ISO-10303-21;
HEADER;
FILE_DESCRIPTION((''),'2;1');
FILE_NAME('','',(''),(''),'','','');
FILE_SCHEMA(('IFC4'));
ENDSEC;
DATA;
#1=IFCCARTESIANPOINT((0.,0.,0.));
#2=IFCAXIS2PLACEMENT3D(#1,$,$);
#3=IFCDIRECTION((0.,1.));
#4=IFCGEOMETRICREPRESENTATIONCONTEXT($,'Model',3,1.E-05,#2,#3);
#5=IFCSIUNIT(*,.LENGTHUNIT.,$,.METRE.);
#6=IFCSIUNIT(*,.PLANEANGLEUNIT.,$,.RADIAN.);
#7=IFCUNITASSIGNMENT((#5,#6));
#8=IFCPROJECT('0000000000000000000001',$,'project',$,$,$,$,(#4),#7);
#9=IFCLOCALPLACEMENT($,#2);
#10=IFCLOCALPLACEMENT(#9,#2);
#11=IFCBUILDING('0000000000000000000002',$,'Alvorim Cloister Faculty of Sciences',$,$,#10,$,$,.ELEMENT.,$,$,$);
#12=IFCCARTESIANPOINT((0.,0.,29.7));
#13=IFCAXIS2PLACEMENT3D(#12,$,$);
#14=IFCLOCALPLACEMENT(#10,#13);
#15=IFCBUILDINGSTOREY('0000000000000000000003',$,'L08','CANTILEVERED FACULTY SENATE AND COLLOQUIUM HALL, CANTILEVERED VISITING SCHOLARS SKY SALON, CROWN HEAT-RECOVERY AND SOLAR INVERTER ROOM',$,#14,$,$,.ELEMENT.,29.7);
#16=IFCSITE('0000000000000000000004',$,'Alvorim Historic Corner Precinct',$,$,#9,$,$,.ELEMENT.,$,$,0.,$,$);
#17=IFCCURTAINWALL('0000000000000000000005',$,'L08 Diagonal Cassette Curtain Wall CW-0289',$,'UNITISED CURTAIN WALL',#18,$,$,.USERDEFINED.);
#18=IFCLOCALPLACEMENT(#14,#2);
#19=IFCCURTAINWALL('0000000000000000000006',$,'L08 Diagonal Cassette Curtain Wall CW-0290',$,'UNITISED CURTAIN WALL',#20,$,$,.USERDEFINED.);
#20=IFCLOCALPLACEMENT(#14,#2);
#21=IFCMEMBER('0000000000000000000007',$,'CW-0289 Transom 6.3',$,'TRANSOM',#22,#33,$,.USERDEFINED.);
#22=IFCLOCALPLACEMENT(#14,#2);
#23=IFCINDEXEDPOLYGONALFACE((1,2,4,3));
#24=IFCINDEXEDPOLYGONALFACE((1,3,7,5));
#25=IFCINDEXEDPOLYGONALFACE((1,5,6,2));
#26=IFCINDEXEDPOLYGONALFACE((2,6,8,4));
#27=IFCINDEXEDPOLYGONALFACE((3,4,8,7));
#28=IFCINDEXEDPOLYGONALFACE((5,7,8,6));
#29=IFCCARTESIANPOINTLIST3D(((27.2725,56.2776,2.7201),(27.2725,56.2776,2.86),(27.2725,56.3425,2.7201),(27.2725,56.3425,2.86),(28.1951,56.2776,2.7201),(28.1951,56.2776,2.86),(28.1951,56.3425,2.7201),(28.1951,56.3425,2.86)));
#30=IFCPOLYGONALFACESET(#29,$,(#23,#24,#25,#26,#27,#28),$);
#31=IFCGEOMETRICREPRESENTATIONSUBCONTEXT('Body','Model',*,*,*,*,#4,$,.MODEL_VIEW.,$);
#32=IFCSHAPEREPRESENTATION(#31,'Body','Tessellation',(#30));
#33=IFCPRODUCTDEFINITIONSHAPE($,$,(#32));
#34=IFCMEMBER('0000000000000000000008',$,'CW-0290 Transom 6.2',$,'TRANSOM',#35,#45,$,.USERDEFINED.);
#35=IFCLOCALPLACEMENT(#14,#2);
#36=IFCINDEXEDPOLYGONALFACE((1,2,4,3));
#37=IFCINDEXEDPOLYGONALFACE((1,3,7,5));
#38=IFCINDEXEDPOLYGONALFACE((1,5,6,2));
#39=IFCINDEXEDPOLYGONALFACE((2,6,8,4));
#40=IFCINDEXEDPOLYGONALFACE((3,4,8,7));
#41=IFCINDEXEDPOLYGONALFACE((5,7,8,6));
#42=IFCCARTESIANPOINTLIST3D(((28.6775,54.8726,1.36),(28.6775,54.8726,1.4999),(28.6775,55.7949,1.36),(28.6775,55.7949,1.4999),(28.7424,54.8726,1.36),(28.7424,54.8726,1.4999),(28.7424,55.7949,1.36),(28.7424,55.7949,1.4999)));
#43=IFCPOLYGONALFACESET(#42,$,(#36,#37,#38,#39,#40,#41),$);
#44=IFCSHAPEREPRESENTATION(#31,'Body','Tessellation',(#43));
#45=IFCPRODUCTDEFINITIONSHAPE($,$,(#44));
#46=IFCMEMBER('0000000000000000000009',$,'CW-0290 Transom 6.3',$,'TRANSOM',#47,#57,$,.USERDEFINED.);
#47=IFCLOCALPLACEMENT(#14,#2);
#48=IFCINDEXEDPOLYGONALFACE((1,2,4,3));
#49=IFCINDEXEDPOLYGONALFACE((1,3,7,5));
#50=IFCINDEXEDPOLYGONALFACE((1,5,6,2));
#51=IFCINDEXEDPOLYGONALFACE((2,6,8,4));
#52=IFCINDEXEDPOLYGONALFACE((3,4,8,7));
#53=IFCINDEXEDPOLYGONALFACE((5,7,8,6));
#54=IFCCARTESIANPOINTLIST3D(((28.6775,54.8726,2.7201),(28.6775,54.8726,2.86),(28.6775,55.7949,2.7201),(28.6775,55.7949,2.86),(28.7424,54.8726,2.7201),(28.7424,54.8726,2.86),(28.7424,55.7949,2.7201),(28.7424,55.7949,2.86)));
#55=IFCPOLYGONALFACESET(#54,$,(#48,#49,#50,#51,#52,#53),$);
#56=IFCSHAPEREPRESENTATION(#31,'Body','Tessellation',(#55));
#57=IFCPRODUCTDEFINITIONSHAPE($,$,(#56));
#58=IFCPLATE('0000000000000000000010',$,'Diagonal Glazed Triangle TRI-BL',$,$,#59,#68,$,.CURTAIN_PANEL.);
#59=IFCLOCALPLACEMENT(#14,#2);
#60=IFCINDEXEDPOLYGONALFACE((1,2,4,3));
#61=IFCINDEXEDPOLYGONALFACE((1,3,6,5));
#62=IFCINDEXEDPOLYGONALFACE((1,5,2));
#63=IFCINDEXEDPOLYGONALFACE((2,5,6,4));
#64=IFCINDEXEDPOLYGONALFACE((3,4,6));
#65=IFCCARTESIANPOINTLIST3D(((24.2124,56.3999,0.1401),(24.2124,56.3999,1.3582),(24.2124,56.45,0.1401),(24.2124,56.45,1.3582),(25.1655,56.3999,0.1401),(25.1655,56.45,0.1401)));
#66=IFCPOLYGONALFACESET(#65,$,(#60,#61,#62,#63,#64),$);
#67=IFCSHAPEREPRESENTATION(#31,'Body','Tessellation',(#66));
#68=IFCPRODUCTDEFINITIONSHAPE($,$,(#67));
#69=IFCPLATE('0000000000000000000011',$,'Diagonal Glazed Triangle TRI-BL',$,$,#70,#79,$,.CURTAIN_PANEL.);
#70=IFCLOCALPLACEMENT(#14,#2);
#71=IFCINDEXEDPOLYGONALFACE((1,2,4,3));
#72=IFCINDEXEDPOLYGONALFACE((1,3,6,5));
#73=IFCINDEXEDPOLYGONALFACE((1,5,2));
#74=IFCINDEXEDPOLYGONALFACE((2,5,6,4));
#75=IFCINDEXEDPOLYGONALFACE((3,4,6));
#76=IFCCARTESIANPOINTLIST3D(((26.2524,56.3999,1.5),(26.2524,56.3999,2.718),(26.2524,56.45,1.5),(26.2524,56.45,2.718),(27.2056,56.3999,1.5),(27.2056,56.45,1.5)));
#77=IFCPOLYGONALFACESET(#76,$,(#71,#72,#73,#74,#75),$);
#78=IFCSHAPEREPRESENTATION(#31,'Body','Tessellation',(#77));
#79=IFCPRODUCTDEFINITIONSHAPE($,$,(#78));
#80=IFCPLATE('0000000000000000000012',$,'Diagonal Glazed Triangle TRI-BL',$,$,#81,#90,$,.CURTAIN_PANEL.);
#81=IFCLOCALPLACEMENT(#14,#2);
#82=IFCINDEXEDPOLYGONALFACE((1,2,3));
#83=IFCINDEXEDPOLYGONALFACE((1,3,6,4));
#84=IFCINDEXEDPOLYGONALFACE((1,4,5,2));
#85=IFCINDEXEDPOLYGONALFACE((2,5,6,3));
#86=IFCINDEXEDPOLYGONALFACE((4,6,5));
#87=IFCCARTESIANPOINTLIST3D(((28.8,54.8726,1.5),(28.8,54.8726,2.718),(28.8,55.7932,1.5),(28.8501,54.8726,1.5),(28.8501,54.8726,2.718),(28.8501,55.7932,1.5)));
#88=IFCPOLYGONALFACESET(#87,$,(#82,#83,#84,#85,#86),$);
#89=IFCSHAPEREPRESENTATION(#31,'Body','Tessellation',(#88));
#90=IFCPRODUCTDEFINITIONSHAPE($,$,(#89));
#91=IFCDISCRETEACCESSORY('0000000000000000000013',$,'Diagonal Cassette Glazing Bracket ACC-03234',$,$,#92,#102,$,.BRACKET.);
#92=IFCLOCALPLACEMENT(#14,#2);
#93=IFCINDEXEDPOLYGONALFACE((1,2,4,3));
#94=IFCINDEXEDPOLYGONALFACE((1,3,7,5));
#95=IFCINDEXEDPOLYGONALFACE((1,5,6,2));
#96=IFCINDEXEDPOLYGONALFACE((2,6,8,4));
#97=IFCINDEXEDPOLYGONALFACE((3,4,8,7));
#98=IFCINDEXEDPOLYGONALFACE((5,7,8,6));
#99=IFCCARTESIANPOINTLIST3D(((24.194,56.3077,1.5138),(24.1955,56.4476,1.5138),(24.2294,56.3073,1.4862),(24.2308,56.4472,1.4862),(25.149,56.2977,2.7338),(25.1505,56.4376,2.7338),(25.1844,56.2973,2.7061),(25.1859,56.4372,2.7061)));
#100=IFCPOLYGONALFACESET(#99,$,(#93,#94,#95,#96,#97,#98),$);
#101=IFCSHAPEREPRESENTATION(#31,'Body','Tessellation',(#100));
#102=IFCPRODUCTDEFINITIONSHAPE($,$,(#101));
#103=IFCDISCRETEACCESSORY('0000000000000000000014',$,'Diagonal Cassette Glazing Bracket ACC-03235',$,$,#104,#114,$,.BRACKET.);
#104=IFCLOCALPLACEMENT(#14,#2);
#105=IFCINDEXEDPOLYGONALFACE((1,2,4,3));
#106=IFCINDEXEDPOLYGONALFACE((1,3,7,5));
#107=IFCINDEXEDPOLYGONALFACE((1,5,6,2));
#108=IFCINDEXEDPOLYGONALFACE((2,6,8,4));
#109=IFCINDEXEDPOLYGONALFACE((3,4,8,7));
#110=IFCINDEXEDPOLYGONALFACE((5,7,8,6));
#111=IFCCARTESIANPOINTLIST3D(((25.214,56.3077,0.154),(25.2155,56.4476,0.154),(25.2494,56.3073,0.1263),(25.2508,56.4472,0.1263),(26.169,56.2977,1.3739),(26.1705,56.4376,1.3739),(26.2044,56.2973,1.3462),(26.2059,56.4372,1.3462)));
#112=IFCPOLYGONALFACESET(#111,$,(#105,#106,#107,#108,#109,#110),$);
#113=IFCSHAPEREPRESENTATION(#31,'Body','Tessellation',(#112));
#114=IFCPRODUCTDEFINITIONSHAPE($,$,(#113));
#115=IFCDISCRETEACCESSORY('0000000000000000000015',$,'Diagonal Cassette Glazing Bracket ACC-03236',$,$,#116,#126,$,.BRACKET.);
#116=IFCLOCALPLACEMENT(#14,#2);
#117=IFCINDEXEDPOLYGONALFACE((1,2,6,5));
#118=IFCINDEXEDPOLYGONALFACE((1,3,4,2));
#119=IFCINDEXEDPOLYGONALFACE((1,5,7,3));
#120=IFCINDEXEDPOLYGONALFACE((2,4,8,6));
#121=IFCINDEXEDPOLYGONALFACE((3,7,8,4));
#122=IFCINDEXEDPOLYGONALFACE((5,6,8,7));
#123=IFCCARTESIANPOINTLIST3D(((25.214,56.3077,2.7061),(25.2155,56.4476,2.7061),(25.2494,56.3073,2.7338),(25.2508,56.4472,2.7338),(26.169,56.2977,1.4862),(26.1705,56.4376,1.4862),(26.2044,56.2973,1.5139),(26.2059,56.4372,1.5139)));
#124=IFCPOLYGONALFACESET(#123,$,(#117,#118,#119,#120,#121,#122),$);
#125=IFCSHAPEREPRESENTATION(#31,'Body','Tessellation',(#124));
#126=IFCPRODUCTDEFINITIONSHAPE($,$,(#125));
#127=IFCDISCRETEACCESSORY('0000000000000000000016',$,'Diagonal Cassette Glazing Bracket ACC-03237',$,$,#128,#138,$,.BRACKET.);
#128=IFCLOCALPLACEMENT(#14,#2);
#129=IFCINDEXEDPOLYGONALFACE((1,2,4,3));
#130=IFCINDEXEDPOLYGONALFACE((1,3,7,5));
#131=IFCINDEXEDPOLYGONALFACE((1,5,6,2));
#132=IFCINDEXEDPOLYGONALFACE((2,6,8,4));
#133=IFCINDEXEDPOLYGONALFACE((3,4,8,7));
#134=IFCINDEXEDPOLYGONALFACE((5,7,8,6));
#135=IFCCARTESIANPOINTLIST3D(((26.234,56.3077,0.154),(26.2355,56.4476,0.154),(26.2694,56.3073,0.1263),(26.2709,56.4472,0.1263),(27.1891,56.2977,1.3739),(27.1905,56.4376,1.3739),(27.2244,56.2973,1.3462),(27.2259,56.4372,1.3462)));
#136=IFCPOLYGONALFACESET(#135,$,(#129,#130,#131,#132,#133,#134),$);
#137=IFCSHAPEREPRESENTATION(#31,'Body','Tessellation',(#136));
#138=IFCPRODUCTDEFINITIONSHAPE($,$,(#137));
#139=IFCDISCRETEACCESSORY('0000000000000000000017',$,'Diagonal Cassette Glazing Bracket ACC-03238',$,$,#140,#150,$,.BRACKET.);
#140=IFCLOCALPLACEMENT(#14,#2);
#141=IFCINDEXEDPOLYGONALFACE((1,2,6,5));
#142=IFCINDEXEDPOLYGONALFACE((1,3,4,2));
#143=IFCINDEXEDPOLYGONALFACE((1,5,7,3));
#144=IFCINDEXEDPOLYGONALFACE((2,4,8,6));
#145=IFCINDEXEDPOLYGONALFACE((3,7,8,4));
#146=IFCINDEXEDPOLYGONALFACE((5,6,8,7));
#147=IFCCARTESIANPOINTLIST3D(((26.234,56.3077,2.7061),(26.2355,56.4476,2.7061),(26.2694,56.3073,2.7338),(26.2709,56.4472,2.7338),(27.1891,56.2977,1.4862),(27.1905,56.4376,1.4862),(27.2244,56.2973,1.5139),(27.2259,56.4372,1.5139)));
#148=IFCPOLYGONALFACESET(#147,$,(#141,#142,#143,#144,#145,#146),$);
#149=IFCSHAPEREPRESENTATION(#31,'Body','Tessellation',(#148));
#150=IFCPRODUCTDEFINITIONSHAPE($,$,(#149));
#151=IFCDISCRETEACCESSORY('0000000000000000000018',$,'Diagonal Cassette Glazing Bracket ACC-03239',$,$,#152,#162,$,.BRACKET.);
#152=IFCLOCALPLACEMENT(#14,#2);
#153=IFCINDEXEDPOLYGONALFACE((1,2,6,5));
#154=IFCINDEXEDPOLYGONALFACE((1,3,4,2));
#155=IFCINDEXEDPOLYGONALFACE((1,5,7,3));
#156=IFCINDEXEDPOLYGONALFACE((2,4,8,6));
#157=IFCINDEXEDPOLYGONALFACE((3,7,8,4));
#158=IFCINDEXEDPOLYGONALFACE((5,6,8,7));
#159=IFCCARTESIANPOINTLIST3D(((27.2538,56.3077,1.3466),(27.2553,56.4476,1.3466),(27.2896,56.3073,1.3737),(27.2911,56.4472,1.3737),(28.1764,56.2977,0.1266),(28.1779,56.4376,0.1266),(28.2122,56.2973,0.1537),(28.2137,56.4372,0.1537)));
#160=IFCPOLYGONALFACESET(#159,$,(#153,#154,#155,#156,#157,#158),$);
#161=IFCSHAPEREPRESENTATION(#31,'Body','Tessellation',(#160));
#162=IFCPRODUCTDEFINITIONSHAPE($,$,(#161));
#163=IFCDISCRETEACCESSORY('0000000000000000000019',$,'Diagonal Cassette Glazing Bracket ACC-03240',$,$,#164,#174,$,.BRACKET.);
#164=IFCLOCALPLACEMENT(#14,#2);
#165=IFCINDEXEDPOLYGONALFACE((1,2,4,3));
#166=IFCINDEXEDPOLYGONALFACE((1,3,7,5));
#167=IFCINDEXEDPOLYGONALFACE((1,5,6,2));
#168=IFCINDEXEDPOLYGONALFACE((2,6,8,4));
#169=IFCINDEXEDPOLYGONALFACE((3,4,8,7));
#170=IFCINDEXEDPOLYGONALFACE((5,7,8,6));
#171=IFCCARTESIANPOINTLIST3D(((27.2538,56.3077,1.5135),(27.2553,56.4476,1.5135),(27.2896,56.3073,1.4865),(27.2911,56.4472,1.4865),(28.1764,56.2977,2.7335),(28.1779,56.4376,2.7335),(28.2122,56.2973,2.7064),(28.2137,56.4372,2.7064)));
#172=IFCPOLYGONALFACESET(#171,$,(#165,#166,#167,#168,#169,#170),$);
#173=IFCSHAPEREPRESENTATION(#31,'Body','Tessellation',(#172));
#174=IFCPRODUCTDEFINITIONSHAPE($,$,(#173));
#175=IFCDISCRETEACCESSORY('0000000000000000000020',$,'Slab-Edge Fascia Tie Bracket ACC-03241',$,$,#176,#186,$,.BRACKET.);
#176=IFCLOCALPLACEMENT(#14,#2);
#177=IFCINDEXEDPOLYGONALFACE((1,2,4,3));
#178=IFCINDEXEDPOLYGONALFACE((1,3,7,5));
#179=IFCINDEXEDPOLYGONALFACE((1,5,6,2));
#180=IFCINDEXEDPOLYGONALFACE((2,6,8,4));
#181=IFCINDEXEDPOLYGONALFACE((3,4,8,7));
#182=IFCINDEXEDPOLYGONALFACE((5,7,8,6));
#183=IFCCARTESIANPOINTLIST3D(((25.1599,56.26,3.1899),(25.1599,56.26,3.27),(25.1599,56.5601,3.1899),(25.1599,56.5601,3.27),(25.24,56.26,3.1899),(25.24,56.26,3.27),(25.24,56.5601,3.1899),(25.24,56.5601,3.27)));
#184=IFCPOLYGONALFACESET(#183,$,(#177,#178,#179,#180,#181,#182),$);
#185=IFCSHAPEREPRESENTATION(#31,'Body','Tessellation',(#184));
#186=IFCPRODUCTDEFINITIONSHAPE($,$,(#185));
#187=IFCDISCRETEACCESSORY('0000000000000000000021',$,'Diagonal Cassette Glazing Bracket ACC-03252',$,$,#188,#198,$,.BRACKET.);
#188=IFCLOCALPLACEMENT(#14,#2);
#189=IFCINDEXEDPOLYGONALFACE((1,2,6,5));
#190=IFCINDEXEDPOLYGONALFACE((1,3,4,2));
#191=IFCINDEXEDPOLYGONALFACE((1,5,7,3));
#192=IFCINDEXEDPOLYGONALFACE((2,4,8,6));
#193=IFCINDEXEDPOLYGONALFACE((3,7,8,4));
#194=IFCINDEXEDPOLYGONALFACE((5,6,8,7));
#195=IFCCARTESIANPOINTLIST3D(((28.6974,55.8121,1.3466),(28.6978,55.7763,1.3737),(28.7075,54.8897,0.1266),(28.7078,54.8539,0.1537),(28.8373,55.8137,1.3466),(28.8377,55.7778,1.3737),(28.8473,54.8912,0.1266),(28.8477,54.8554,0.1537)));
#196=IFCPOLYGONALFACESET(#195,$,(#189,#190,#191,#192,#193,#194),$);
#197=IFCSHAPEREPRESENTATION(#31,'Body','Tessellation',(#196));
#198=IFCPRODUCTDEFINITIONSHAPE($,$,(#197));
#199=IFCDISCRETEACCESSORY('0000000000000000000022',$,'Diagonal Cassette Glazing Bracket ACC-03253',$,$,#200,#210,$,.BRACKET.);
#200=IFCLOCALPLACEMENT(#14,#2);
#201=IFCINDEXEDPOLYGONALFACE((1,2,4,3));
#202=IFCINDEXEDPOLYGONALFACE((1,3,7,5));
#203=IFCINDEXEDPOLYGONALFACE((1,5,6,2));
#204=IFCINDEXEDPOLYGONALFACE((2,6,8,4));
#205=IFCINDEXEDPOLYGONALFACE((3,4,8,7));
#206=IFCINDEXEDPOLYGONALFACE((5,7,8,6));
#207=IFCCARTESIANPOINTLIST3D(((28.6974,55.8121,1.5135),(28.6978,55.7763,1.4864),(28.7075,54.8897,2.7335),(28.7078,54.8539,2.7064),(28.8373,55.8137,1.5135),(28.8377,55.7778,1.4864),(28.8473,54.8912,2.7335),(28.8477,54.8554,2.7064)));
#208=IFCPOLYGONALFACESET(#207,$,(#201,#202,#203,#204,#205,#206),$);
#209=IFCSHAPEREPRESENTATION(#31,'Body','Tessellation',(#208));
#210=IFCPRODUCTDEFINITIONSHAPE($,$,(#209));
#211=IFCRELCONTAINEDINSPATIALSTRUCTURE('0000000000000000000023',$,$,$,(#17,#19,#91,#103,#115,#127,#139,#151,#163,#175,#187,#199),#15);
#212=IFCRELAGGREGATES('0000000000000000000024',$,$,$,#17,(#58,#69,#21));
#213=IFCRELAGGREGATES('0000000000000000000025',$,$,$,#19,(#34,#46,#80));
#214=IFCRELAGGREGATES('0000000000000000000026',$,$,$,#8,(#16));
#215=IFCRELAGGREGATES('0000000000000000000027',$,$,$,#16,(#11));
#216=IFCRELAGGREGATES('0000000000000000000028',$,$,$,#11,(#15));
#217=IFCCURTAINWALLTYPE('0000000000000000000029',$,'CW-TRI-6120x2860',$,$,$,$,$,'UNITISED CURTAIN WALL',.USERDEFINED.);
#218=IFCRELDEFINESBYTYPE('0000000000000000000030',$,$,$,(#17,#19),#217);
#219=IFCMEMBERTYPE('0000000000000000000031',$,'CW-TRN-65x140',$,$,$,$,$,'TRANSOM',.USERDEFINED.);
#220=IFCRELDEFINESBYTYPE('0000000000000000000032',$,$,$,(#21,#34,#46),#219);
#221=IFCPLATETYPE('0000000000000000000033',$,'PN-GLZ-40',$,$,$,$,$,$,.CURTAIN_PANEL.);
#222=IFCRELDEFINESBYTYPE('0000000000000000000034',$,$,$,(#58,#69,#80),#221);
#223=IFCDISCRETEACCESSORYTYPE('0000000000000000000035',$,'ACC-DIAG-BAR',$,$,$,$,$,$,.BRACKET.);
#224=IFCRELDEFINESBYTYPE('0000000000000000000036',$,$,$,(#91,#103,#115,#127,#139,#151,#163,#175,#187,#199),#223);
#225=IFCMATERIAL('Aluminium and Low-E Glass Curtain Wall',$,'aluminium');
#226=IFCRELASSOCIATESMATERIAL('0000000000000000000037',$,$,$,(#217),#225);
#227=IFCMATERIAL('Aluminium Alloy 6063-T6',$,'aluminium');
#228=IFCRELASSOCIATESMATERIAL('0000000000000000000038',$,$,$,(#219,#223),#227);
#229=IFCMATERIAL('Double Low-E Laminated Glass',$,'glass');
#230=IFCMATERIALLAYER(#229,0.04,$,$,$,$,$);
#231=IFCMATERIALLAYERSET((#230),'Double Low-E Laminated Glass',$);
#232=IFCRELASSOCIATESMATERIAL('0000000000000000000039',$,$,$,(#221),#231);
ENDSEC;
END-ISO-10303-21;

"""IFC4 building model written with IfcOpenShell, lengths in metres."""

from ifc_helpers import new_model, si_unit, direction, frame, origin, origin_2d, place, context, subcontext, project, spatial, polyline, rectangle, outline, extrude, material, layer, layer_set, material_profile, profile_set, type_object, element, aggregate, save


model = new_model("IFC4")

# Units and contexts
model_context = context("Model", 3, precision=1e-05, world=origin(), true_north=direction((0.0, 1.0)))
body_context = subcontext(model_context, "Body", "Model", "MODEL_VIEW")
ifc_project = project(units=[si_unit("LENGTHUNIT", "METRE"), si_unit("PLANEANGLEUNIT", "RADIAN")], contexts=[model_context])

# Site, building, storey
site_placement = place(None, origin())
site = spatial("IfcSite", under=ifc_project, at=site_placement, Name="Alvorim Historic Corner Precinct", CompositionType="ELEMENT", RefElevation=0.0)
building_placement = place(site_placement, origin())
building = spatial("IfcBuilding", under=site, at=building_placement, Name="Alvorim Cloister Faculty of Sciences", CompositionType="ELEMENT")
storey_placement = place(building_placement, frame((0.0, 0.0, 29.7)))
storey = spatial("IfcBuildingStorey", under=building, at=storey_placement, Name="L08", Description="CANTILEVERED FACULTY SENATE AND COLLOQUIUM HALL, CANTILEVERED VISITING SCHOLARS SKY SALON, CROWN HEAT-RECOVERY AND SOLAR INVERTER ROOM", CompositionType="ELEMENT", Elevation=29.7)

# Curtain wall
ifc_material_1 = material(Name="Aluminium and Low-E Glass Curtain Wall", Category="aluminium")
curtain_wall_type = type_object("IfcCurtainWallType", Name="CW-TRI-6120x2860", ElementType="UNITISED CURTAIN WALL", PredefinedType="USERDEFINED", material=ifc_material_1)
curtain_wall_1_placement = place(storey_placement, origin())
curtain_wall_1 = element("IfcCurtainWall", 1, at=curtain_wall_1_placement, inside=storey, type_object=curtain_wall_type, Name="L08 Diagonal Cassette Curtain Wall CW-0289", ObjectType="UNITISED CURTAIN WALL", PredefinedType="USERDEFINED")
ifc_material_2 = material(Name="Aluminium Alloy 6063-T6", Category="aluminium")

# Curtain wall
curtain_wall_2_placement = place(storey_placement, origin())
curtain_wall_2 = element("IfcCurtainWall", 2, at=curtain_wall_2_placement, inside=storey, type_object=curtain_wall_type, Name="L08 Diagonal Cassette Curtain Wall CW-0290", ObjectType="UNITISED CURTAIN WALL", PredefinedType="USERDEFINED")

# Members
ifc_material_profile_1 = material_profile(ifc_material_2, rectangle(XDim=0.0649, YDim=0.1399, at=origin_2d()), Name="ALU-TRN-65x140")
ifc_profile_set_1 = profile_set([ifc_material_profile_1], Name="Aluminium Alloy 6063-T6")
member_type_1 = type_object("IfcMemberType", Name="CW-TRN-65x140", ElementType="TRANSOM", PredefinedType="USERDEFINED", material=ifc_profile_set_1)
member_1_placement = place(storey_placement, frame((27.2725, 56.3101, 2.79), z_axis=(1.0, 0.0, 0.0), x_axis=(0.0, 1.0, 0.0)))
member_1 = element("IfcMember", 3, at=member_1_placement, type_object=member_type_1, Name="CW-0289 Transom 6.3", ObjectType="TRANSOM", PredefinedType="USERDEFINED", context=body_context, shape_type="SweptSolid", body=[
    extrude(rectangle(XDim=0.0649, YDim=0.1399, at=origin_2d()), origin(), (0.0, 0.0, 1.0), 0.9226),
])
member_2_placement = place(storey_placement, frame((28.71, 54.8726, 1.4299), z_axis=(0.0, 1.0, 0.0), x_axis=(-1.0, 0.0, 0.0)))
member_2 = element("IfcMember", 4, at=member_2_placement, type_object=member_type_1, Name="CW-0290 Transom 6.2", ObjectType="TRANSOM", PredefinedType="USERDEFINED", context=body_context, shape_type="SweptSolid", body=[
    extrude(rectangle(XDim=0.0649, YDim=0.1399, at=origin_2d()), origin(), (0.0, 0.0, 1.0), 0.9224),
])
member_3_placement = place(storey_placement, frame((28.71, 54.8726, 2.79), z_axis=(0.0, 1.0, 0.0), x_axis=(-1.0, 0.0, 0.0)))
member_3 = element("IfcMember", 5, at=member_3_placement, type_object=member_type_1, Name="CW-0290 Transom 6.3", ObjectType="TRANSOM", PredefinedType="USERDEFINED", context=body_context, shape_type="SweptSolid", body=[
    extrude(rectangle(XDim=0.0649, YDim=0.1399, at=origin_2d()), origin(), (0.0, 0.0, 1.0), 0.9224),
])

# Plates
ifc_material_3 = material(Name="Double Low-E Laminated Glass", Category="glass")
ifc_layer = layer(ifc_material_3, 0.04)
ifc_layer_set = layer_set([ifc_layer], Name="Double Low-E Laminated Glass")
plate_type = type_object("IfcPlateType", Name="PN-GLZ-40", PredefinedType="CURTAIN_PANEL", material=ifc_layer_set)
plate_1_placement = place(storey_placement, frame((24.2124, 56.425, 0.1401), z_axis=(0.0, 0.0, 1.0), x_axis=(1.0, 0.0, 0.0)))
plate_1 = element("IfcPlate", 6, at=plate_1_placement, type_object=plate_type, Name="Diagonal Glazed Triangle TRI-BL", PredefinedType="CURTAIN_PANEL", context=body_context, shape_type="SweptSolid", body=[
    extrude(outline(polyline([(0.0, 0.0), (0.9531, 0.0), (0.0, 1.218), (0.0, 0.0)])), frame((0.0, 0.0249, 0.0), z_axis=(0.0, -1.0, 0.0), x_axis=(1.0, 0.0, 0.0)), (0.0, 0.0, 1.0), 0.05),
])
plate_2_placement = place(storey_placement, frame((26.2524, 56.425, 1.5), z_axis=(0.0, 0.0, 1.0), x_axis=(1.0, 0.0, 0.0)))
plate_2 = element("IfcPlate", 7, at=plate_2_placement, type_object=plate_type, Name="Diagonal Glazed Triangle TRI-BL", PredefinedType="CURTAIN_PANEL", context=body_context, shape_type="SweptSolid", body=[
    extrude(outline(polyline([(0.0, 0.0), (0.9531, 0.0), (0.0, 1.218), (0.0, 0.0)])), frame((0.0, 0.0249, 0.0), z_axis=(0.0, -1.0, 0.0), x_axis=(1.0, 0.0, 0.0)), (0.0, 0.0, 1.0), 0.05),
])
aggregate(curtain_wall_1, [plate_1, plate_2, member_1])
plate_3_placement = place(storey_placement, frame((28.825, 54.8726, 1.5), z_axis=(0.0, 0.0, 1.0), x_axis=(0.0, 1.0, 0.0)))
plate_3 = element("IfcPlate", 8, at=plate_3_placement, type_object=plate_type, Name="Diagonal Glazed Triangle TRI-BL", PredefinedType="CURTAIN_PANEL", context=body_context, shape_type="SweptSolid", body=[
    extrude(outline(polyline([(0.0, 0.0), (0.9207, 0.0), (0.0, 1.218), (0.0, 0.0)])), frame((0.0, 0.0249, 0.0), z_axis=(0.0, -1.0, 0.0), x_axis=(1.0, 0.0, 0.0)), (0.0, 0.0, 1.0), 0.05),
])
aggregate(curtain_wall_2, [member_2, member_3, plate_3])

# Discrete accessories
discrete_accessory_type = type_object("IfcDiscreteAccessoryType", Name="ACC-DIAG-BAR", PredefinedType="BRACKET", material=ifc_material_2)
for number, where, z_axis, x_axis, name in (
    (9, (24.2124, 56.3774, 1.5), (0.616423, -0.00646, 0.787389), (0.01048, 0.999945, 0.0), "Diagonal Cassette Glazing Bracket ACC-03234"),
    (10, (25.2324, 56.3774, 0.1401), (0.616423, -0.00646, 0.787389), (0.01048, 0.999945, 0.0), "Diagonal Cassette Glazing Bracket ACC-03235"),
    (11, (25.2324, 56.3774, 2.72), (0.616423, -0.00646, -0.787389), (0.01048, 0.999945, 0.0), "Diagonal Cassette Glazing Bracket ACC-03236"),
    (12, (26.2524, 56.3774, 0.1401), (0.616423, -0.00646, 0.787389), (0.01048, 0.999945, 0.0), "Diagonal Cassette Glazing Bracket ACC-03237"),
    (13, (26.2524, 56.3774, 2.72), (0.616423, -0.00646, -0.787389), (0.01048, 0.999945, 0.0), "Diagonal Cassette Glazing Bracket ACC-03238"),
):
    element("IfcDiscreteAccessory", number, at=place(storey_placement, frame(where, z_axis=z_axis, x_axis=x_axis)), inside=storey, type_object=discrete_accessory_type, Name=name, PredefinedType="BRACKET", context=body_context, shape_type="SweptSolid", body=[
        extrude(rectangle(XDim=0.1399, YDim=0.0449, at=origin_2d()), origin(), (0.0, 0.0, 1.0), 1.5493),
    ])
for number, where, z_axis, x_axis, name in (
    (14, (27.2725, 56.3774, 1.3601), (0.603175, -0.006544, -0.797582), (0.010849, 0.999941, 0.0), "Diagonal Cassette Glazing Bracket ACC-03239"),
    (15, (27.2725, 56.3774, 1.5), (0.603175, -0.006544, 0.797582), (0.010849, 0.999941, 0.0), "Diagonal Cassette Glazing Bracket ACC-03240"),
):
    element("IfcDiscreteAccessory", number, at=place(storey_placement, frame(where, z_axis=z_axis, x_axis=x_axis)), inside=storey, type_object=discrete_accessory_type, Name=name, PredefinedType="BRACKET", context=body_context, shape_type="SweptSolid", body=[
        extrude(rectangle(XDim=0.1399, YDim=0.0449, at=origin_2d()), origin(), (0.0, 0.0, 1.0), 1.5295),
    ])
discrete_accessory_placement = place(storey_placement, frame((25.2, 56.26, 3.23), z_axis=(0.0, 1.0, 0.0), x_axis=(-1.0, 0.0, 0.0)))
element("IfcDiscreteAccessory", 16, at=discrete_accessory_placement, inside=storey, type_object=discrete_accessory_type, Name="Slab-Edge Fascia Tie Bracket ACC-03241", PredefinedType="BRACKET", context=body_context, shape_type="SweptSolid", body=[
    extrude(rectangle(XDim=0.0801, YDim=0.0801, at=origin_2d()), origin(), (0.0, 0.0, 1.0), 0.3),
])
for number, where, z_axis, x_axis, name in (
    (17, (28.7776, 54.8726, 0.1401), (-0.006545, 0.603073, 0.797659), (-0.999941, -0.010852, 0.0), "Diagonal Cassette Glazing Bracket ACC-03252"),
    (18, (28.7776, 54.8726, 2.72), (-0.006545, 0.603073, -0.797659), (-0.999941, -0.010852, 0.0), "Diagonal Cassette Glazing Bracket ACC-03253"),
):
    element("IfcDiscreteAccessory", number, at=place(storey_placement, frame(where, z_axis=z_axis, x_axis=x_axis)), inside=storey, type_object=discrete_accessory_type, Name=name, PredefinedType="BRACKET", context=body_context, shape_type="SweptSolid", body=[
        extrude(rectangle(XDim=0.1399, YDim=0.0449, at=origin_2d()), origin(), (0.0, 0.0, 1.0), 1.5295),
    ])

save(model, "model.ifc")
